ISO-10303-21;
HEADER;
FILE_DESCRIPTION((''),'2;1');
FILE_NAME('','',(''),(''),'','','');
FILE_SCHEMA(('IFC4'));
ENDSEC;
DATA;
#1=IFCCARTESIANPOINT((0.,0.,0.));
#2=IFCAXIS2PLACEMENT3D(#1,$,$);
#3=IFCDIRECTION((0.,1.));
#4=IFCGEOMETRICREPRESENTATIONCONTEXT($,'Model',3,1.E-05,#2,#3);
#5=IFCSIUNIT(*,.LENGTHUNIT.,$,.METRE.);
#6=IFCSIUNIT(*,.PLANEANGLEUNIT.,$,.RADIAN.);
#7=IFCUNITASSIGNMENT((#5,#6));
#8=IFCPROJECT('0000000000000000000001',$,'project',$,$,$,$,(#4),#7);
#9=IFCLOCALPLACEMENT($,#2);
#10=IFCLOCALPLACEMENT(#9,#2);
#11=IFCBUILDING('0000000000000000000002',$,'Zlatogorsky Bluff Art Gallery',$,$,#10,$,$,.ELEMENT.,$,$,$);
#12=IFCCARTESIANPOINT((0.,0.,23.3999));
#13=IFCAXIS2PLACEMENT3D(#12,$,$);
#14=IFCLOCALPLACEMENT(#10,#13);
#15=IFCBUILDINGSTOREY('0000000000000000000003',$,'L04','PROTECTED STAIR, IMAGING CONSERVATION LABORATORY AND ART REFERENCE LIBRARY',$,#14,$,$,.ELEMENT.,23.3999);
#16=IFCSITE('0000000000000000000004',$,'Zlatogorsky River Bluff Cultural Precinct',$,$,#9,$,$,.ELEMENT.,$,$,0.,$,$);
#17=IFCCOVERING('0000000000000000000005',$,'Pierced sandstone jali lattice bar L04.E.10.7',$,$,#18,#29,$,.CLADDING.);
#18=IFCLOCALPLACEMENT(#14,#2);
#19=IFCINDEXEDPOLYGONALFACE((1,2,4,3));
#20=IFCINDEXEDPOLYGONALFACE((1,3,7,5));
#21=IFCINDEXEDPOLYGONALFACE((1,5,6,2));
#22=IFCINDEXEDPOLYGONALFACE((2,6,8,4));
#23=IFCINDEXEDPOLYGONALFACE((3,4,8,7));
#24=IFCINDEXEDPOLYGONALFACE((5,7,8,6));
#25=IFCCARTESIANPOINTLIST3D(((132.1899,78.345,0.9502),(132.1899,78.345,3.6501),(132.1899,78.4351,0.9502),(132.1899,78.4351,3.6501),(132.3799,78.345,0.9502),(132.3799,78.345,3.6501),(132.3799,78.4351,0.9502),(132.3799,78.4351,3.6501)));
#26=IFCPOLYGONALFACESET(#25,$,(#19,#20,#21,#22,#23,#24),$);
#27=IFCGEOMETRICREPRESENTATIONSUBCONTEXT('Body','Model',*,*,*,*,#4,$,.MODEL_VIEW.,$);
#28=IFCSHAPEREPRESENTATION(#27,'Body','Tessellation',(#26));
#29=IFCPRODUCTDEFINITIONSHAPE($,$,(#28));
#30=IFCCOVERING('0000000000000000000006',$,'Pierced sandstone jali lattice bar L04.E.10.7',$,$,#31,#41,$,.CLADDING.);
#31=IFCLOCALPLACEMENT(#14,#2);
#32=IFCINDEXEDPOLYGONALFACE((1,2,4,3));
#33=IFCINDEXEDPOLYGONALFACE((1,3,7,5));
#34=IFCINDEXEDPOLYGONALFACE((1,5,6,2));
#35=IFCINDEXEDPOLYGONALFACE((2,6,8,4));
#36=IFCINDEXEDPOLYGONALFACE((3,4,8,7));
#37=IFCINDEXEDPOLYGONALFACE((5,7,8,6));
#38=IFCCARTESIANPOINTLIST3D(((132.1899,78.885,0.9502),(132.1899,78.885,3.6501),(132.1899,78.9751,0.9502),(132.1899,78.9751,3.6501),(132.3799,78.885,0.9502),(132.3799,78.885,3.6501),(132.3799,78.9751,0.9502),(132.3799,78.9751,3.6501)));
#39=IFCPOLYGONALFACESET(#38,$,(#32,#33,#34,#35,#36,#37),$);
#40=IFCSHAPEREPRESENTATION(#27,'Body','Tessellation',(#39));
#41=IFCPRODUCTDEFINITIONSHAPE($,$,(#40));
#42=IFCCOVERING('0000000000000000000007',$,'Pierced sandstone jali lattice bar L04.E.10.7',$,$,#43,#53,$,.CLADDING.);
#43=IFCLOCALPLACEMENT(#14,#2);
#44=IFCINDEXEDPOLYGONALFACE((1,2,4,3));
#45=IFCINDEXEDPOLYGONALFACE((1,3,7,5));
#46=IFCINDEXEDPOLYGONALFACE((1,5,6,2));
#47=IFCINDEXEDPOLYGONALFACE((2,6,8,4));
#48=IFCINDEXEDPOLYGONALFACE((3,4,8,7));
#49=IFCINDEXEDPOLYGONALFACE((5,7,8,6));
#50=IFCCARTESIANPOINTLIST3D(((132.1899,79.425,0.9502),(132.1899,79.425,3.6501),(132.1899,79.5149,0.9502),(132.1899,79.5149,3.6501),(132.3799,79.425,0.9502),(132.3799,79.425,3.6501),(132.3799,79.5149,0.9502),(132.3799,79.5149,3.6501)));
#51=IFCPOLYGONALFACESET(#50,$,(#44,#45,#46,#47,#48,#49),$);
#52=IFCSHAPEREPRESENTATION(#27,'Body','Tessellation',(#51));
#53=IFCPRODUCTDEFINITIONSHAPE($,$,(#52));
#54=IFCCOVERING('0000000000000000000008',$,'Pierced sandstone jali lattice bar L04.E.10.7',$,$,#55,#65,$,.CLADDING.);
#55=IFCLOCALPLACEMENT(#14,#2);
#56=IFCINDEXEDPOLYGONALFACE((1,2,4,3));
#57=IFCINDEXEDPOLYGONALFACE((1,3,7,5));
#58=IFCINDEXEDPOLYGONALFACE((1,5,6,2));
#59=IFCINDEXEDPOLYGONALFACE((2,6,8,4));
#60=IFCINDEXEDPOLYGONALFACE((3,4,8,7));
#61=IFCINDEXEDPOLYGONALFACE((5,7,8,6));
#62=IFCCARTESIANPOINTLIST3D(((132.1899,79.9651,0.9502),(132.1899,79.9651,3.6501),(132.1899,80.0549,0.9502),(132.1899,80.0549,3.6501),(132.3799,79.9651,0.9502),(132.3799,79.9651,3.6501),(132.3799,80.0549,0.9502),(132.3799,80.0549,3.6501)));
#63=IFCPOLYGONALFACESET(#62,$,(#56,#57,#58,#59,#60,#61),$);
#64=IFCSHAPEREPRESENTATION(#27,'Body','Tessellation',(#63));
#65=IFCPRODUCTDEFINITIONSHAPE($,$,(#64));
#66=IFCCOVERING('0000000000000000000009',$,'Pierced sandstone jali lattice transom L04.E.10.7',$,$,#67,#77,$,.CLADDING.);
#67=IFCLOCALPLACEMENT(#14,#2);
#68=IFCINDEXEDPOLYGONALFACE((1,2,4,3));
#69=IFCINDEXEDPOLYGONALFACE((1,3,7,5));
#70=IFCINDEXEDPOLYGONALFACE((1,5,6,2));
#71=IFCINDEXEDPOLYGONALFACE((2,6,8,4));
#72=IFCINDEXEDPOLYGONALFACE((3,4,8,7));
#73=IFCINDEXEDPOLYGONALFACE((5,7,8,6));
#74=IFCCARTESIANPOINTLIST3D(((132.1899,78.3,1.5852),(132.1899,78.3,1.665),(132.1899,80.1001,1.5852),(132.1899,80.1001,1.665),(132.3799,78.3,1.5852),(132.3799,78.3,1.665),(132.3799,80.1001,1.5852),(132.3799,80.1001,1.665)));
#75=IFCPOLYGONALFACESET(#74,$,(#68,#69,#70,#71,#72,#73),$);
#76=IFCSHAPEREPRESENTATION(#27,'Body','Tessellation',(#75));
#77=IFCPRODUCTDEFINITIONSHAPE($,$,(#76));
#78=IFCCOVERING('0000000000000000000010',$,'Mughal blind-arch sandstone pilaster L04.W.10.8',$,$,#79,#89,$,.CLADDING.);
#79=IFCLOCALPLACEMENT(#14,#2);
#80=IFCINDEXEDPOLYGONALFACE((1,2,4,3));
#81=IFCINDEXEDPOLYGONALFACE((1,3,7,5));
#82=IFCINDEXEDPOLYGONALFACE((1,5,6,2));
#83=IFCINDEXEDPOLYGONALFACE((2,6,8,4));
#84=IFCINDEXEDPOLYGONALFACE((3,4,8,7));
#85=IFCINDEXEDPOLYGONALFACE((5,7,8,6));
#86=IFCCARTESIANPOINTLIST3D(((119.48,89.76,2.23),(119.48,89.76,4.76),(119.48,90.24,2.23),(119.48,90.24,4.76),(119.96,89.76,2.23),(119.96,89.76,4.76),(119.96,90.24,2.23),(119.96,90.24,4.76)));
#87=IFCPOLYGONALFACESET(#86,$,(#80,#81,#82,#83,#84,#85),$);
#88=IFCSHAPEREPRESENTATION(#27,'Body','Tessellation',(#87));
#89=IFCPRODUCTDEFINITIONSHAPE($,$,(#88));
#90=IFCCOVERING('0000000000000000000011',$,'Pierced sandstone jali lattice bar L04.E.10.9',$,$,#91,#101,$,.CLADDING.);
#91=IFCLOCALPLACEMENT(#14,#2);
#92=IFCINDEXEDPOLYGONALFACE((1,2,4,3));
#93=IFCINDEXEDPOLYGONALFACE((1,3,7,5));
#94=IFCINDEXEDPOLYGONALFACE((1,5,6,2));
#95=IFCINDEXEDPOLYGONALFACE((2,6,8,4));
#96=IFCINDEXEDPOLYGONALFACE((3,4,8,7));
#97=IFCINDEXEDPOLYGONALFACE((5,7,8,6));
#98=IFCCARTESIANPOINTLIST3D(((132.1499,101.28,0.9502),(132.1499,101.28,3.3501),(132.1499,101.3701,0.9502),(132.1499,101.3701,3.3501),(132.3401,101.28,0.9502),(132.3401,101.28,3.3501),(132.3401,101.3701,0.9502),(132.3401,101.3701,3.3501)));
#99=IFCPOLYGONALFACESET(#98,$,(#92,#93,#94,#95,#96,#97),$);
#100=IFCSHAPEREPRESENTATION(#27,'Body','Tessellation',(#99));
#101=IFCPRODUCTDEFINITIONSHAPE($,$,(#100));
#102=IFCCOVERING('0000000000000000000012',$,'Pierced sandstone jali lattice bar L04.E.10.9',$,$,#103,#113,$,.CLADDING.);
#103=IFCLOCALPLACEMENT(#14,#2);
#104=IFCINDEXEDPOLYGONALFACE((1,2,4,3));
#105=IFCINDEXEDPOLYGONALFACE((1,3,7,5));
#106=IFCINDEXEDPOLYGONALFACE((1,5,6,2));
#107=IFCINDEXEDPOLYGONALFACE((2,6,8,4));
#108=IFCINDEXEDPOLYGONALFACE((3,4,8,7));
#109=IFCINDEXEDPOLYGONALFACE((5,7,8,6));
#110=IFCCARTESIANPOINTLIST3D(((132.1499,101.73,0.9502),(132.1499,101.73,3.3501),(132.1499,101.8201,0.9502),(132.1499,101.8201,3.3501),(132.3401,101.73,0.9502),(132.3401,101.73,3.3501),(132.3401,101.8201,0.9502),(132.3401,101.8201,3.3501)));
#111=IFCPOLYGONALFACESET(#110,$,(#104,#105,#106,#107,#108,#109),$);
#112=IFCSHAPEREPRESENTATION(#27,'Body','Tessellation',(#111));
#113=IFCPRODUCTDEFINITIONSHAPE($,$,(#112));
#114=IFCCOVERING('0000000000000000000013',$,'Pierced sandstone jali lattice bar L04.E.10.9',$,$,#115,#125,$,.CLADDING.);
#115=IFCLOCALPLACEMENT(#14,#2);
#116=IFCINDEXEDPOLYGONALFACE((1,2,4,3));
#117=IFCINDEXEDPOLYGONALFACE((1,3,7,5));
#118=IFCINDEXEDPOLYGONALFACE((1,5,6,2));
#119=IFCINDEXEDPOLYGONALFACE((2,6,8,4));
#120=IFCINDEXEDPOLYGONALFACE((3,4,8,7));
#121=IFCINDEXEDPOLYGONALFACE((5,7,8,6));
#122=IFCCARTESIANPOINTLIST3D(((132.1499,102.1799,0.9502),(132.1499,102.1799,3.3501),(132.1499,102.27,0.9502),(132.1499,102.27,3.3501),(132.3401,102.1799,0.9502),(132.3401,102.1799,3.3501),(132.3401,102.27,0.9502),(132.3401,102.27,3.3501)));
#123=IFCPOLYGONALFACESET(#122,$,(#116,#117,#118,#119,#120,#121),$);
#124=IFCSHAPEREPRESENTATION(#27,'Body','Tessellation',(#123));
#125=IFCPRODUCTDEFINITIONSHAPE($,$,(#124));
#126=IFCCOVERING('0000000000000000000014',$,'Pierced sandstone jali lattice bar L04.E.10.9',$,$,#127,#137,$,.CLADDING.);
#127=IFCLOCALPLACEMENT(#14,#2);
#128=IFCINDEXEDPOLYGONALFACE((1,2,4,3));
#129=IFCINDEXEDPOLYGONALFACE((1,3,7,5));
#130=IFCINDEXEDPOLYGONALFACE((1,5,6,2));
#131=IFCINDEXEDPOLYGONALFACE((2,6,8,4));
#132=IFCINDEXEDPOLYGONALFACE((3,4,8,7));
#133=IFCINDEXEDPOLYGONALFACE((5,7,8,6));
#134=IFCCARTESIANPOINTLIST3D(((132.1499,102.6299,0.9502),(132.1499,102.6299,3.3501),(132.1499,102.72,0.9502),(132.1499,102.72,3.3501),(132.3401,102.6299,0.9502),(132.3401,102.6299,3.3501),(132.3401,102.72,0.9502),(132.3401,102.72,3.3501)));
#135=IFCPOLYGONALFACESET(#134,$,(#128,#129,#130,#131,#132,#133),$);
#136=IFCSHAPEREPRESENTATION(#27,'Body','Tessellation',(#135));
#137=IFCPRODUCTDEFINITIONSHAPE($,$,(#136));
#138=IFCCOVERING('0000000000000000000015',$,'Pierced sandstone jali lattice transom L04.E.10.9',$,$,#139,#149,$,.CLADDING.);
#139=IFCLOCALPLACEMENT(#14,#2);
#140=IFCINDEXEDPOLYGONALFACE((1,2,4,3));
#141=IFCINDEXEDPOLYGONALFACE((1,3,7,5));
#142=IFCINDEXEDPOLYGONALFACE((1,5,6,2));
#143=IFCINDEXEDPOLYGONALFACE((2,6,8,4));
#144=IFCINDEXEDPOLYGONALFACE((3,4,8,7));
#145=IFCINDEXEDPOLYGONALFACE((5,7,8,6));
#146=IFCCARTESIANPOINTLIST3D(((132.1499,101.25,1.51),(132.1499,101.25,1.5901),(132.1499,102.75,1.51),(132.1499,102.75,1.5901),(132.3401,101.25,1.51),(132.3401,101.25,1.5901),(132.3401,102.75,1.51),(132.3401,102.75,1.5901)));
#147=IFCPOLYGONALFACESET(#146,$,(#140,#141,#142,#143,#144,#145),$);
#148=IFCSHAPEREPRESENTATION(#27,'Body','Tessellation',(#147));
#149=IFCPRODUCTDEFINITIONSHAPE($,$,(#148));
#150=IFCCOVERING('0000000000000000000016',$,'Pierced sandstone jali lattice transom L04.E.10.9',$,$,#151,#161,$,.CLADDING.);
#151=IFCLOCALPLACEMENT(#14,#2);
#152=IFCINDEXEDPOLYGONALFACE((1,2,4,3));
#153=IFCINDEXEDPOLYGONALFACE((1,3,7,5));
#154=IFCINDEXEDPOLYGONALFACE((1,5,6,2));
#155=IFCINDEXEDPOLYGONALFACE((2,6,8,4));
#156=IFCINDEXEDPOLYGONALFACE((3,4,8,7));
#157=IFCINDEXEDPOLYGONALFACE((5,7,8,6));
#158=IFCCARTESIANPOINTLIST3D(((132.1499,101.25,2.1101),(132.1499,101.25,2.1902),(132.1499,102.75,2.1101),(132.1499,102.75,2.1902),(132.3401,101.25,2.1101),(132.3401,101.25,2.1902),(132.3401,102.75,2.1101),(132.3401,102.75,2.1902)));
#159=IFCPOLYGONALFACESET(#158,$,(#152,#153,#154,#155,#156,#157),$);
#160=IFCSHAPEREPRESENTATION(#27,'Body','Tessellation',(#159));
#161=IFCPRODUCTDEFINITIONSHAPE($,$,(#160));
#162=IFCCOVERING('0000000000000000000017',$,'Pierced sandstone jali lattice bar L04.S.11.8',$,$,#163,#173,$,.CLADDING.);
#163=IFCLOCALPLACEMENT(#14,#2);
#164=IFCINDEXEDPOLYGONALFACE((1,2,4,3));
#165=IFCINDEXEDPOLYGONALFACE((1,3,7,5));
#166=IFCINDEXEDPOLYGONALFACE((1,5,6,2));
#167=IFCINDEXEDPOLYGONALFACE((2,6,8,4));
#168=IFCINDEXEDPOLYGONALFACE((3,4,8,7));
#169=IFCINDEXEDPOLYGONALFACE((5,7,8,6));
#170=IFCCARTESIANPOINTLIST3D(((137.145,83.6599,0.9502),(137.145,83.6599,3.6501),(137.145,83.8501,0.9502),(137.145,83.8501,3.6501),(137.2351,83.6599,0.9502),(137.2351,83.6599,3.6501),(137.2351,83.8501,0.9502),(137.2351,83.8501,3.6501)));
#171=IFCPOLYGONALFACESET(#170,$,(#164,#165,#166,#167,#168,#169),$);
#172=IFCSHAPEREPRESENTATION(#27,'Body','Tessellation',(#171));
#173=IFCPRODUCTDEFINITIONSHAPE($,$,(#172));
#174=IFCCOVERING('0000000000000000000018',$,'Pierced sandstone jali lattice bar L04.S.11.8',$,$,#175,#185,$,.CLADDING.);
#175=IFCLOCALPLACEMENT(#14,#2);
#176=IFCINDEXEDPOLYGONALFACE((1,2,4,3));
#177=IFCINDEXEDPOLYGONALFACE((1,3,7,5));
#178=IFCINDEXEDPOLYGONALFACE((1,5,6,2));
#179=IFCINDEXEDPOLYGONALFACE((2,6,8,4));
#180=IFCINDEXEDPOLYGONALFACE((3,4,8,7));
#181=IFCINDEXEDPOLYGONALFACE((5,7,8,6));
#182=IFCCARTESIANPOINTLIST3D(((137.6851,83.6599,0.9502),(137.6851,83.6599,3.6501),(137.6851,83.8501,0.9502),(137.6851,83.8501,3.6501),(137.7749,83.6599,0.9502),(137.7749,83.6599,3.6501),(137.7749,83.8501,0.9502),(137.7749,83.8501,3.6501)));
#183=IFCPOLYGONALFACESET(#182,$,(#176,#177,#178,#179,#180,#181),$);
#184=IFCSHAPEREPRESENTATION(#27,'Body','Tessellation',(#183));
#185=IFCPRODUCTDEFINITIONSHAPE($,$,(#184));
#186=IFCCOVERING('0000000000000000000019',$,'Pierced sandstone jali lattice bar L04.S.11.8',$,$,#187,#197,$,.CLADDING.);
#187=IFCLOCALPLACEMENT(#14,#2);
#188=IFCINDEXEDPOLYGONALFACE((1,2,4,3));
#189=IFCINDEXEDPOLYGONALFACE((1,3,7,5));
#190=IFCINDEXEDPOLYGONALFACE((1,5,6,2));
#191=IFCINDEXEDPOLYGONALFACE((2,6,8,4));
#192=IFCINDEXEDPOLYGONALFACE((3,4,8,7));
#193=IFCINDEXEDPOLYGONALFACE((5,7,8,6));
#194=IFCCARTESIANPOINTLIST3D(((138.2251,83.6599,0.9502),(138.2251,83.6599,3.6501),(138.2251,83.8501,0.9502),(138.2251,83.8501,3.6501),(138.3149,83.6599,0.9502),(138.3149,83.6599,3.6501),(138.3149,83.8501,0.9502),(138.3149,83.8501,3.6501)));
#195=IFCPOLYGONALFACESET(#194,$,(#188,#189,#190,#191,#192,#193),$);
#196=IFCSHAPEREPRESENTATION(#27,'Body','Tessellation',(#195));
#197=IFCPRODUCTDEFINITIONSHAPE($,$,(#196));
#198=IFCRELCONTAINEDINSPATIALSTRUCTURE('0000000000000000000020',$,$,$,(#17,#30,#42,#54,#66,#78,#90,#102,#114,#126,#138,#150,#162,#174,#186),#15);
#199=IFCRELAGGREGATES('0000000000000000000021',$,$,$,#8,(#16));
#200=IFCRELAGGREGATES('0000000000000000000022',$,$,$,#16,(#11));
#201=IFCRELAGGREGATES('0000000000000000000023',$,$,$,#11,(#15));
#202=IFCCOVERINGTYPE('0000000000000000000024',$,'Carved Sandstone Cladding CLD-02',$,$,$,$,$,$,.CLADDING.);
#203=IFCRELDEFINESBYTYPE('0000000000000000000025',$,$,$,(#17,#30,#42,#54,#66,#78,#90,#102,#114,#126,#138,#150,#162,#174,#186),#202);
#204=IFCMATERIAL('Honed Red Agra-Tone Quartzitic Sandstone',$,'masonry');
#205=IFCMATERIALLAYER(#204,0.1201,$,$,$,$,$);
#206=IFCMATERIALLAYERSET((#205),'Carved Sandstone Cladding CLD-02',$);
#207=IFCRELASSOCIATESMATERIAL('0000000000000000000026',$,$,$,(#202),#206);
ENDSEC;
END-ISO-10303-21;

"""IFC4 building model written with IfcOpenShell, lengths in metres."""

from ifc_helpers import new_model, si_unit, direction, frame, origin, place, context, subcontext, project, spatial, polyline, outline, extrude, material, layer, layer_set, type_object, element, save


model = new_model("IFC4")

# Units and contexts
model_context = context("Model", 3, precision=1e-05, world=origin(), true_north=direction((0.0, 1.0)))
body_context = subcontext(model_context, "Body", "Model", "MODEL_VIEW")
ifc_project = project(units=[si_unit("LENGTHUNIT", "METRE"), si_unit("PLANEANGLEUNIT", "RADIAN")], contexts=[model_context])

# Site, building, storey
site_placement = place(None, origin())
site = spatial("IfcSite", under=ifc_project, at=site_placement, Name="Zlatogorsky River Bluff Cultural Precinct", CompositionType="ELEMENT", RefElevation=0.0)
building_placement = place(site_placement, origin())
building = spatial("IfcBuilding", under=site, at=building_placement, Name="Zlatogorsky Bluff Art Gallery", CompositionType="ELEMENT")
storey_placement = place(building_placement, frame((0.0, 0.0, 23.3999)))
storey = spatial("IfcBuildingStorey", under=building, at=storey_placement, Name="L04", Description="PROTECTED STAIR, IMAGING CONSERVATION LABORATORY AND ART REFERENCE LIBRARY", CompositionType="ELEMENT", Elevation=23.3999)

# Coverings
ifc_material_1 = material(Name="Honed Red Agra-Tone Quartzitic Sandstone", Category="masonry")
ifc_layer_1 = layer(ifc_material_1, 0.1201)
ifc_layer_set_1 = layer_set([ifc_layer_1], Name="Carved Sandstone Cladding CLD-02")
covering_type = type_object("IfcCoveringType", Name="Carved Sandstone Cladding CLD-02", PredefinedType="CLADDING", material=ifc_layer_set_1)
covering_1_placement = place(storey_placement, frame((0.0, 0.0, 0.9502)))
element("IfcCovering", 1, at=covering_1_placement, inside=storey, type_object=covering_type, Name="Pierced sandstone jali lattice bar L04.E.10.7", PredefinedType="CLADDING", context=body_context, shape_type="SweptSolid", body=[
    extrude(outline(polyline([(132.1899, 78.345), (132.1899, 78.4351), (132.3799, 78.4351), (132.3799, 78.345), (132.1899, 78.345)])), origin(), (0.0, 0.0, 1.0), 2.7),
])
covering_2_placement = place(storey_placement, frame((0.0, 0.0, 0.9502)))
element("IfcCovering", 2, at=covering_2_placement, inside=storey, type_object=covering_type, Name="Pierced sandstone jali lattice bar L04.E.10.7", PredefinedType="CLADDING", context=body_context, shape_type="SweptSolid", body=[
    extrude(outline(polyline([(132.1899, 78.885), (132.1899, 78.9751), (132.3799, 78.9751), (132.3799, 78.885), (132.1899, 78.885)])), origin(), (0.0, 0.0, 1.0), 2.7),
])
covering_3_placement = place(storey_placement, frame((0.0, 0.0, 0.9502)))
element("IfcCovering", 3, at=covering_3_placement, inside=storey, type_object=covering_type, Name="Pierced sandstone jali lattice bar L04.E.10.7", PredefinedType="CLADDING", context=body_context, shape_type="SweptSolid", body=[
    extrude(outline(polyline([(132.1899, 79.425), (132.1899, 79.5149), (132.3799, 79.5149), (132.3799, 79.425), (132.1899, 79.425)])), origin(), (0.0, 0.0, 1.0), 2.7),
])
covering_4_placement = place(storey_placement, frame((0.0, 0.0, 0.9502)))
element("IfcCovering", 4, at=covering_4_placement, inside=storey, type_object=covering_type, Name="Pierced sandstone jali lattice bar L04.E.10.7", PredefinedType="CLADDING", context=body_context, shape_type="SweptSolid", body=[
    extrude(outline(polyline([(132.1899, 79.9651), (132.1899, 80.0549), (132.3799, 80.0549), (132.3799, 79.9651), (132.1899, 79.9651)])), origin(), (0.0, 0.0, 1.0), 2.7),
])
covering_5_placement = place(storey_placement, frame((0.0, 0.0, 1.5852)))
element("IfcCovering", 5, at=covering_5_placement, inside=storey, type_object=covering_type, Name="Pierced sandstone jali lattice transom L04.E.10.7", PredefinedType="CLADDING", context=body_context, shape_type="SweptSolid", body=[
    extrude(outline(polyline([(132.1899, 78.3), (132.1899, 80.1001), (132.3799, 80.1001), (132.3799, 78.3), (132.1899, 78.3)])), origin(), (0.0, 0.0, 1.0), 0.0798),
])
covering_6_placement = place(storey_placement, frame((0.0, 0.0, 2.23)))
element("IfcCovering", 6, at=covering_6_placement, inside=storey, type_object=covering_type, Name="Mughal blind-arch sandstone pilaster L04.W.10.8", PredefinedType="CLADDING", context=body_context, shape_type="SweptSolid", body=[
    extrude(outline(polyline([(119.48, 89.76), (119.96, 89.76), (119.96, 90.24), (119.48, 90.24), (119.48, 89.76)])), origin(), (0.0, 0.0, 1.0), 2.53),
])
covering_7_placement = place(storey_placement, frame((0.0, 0.0, 0.9502)))
element("IfcCovering", 7, at=covering_7_placement, inside=storey, type_object=covering_type, Name="Pierced sandstone jali lattice bar L04.E.10.9", PredefinedType="CLADDING", context=body_context, shape_type="SweptSolid", body=[
    extrude(outline(polyline([(132.1499, 101.28), (132.1499, 101.3701), (132.3401, 101.3701), (132.3401, 101.28), (132.1499, 101.28)])), origin(), (0.0, 0.0, 1.0), 2.3999),
])
covering_8_placement = place(storey_placement, frame((0.0, 0.0, 0.9502)))
element("IfcCovering", 8, at=covering_8_placement, inside=storey, type_object=covering_type, Name="Pierced sandstone jali lattice bar L04.E.10.9", PredefinedType="CLADDING", context=body_context, shape_type="SweptSolid", body=[
    extrude(outline(polyline([(132.1499, 101.73), (132.1499, 101.8201), (132.3401, 101.8201), (132.3401, 101.73), (132.1499, 101.73)])), origin(), (0.0, 0.0, 1.0), 2.3999),
])
covering_9_placement = place(storey_placement, frame((0.0, 0.0, 0.9502)))
element("IfcCovering", 9, at=covering_9_placement, inside=storey, type_object=covering_type, Name="Pierced sandstone jali lattice bar L04.E.10.9", PredefinedType="CLADDING", context=body_context, shape_type="SweptSolid", body=[
    extrude(outline(polyline([(132.1499, 102.1799), (132.1499, 102.27), (132.3401, 102.27), (132.3401, 102.1799), (132.1499, 102.1799)])), origin(), (0.0, 0.0, 1.0), 2.3999),
])
covering_10_placement = place(storey_placement, frame((0.0, 0.0, 0.9502)))
element("IfcCovering", 10, at=covering_10_placement, inside=storey, type_object=covering_type, Name="Pierced sandstone jali lattice bar L04.E.10.9", PredefinedType="CLADDING", context=body_context, shape_type="SweptSolid", body=[
    extrude(outline(polyline([(132.1499, 102.6299), (132.1499, 102.72), (132.3401, 102.72), (132.3401, 102.6299), (132.1499, 102.6299)])), origin(), (0.0, 0.0, 1.0), 2.3999),
])
for number, where, name in (
    (11, (0.0, 0.0, 1.51), "Pierced sandstone jali lattice transom L04.E.10.9"),
    (12, (0.0, 0.0, 2.1101), "Pierced sandstone jali lattice transom L04.E.10.9"),
):
    element("IfcCovering", number, at=place(storey_placement, frame(where)), inside=storey, type_object=covering_type, Name=name, PredefinedType="CLADDING", context=body_context, shape_type="SweptSolid", body=[
        extrude(outline(polyline([(132.1499, 101.25), (132.1499, 102.75), (132.3401, 102.75), (132.3401, 101.25), (132.1499, 101.25)])), origin(), (0.0, 0.0, 1.0), 0.0801),
    ])
covering_11_placement = place(storey_placement, frame((0.0, 0.0, 0.9502)))
element("IfcCovering", 13, at=covering_11_placement, inside=storey, type_object=covering_type, Name="Pierced sandstone jali lattice bar L04.S.11.8", PredefinedType="CLADDING", context=body_context, shape_type="SweptSolid", body=[
    extrude(outline(polyline([(137.145, 83.6599), (137.2351, 83.6599), (137.2351, 83.8501), (137.145, 83.8501), (137.145, 83.6599)])), origin(), (0.0, 0.0, 1.0), 2.7),
])
covering_12_placement = place(storey_placement, frame((0.0, 0.0, 0.9502)))
element("IfcCovering", 14, at=covering_12_placement, inside=storey, type_object=covering_type, Name="Pierced sandstone jali lattice bar L04.S.11.8", PredefinedType="CLADDING", context=body_context, shape_type="SweptSolid", body=[
    extrude(outline(polyline([(137.6851, 83.6599), (137.7749, 83.6599), (137.7749, 83.8501), (137.6851, 83.8501), (137.6851, 83.6599)])), origin(), (0.0, 0.0, 1.0), 2.7),
])
covering_13_placement = place(storey_placement, frame((0.0, 0.0, 0.9502)))
element("IfcCovering", 15, at=covering_13_placement, inside=storey, type_object=covering_type, Name="Pierced sandstone jali lattice bar L04.S.11.8", PredefinedType="CLADDING", context=body_context, shape_type="SweptSolid", body=[
    extrude(outline(polyline([(138.2251, 83.6599), (138.3149, 83.6599), (138.3149, 83.8501), (138.2251, 83.8501), (138.2251, 83.6599)])), origin(), (0.0, 0.0, 1.0), 2.7),
])

save(model, "model.ifc")
